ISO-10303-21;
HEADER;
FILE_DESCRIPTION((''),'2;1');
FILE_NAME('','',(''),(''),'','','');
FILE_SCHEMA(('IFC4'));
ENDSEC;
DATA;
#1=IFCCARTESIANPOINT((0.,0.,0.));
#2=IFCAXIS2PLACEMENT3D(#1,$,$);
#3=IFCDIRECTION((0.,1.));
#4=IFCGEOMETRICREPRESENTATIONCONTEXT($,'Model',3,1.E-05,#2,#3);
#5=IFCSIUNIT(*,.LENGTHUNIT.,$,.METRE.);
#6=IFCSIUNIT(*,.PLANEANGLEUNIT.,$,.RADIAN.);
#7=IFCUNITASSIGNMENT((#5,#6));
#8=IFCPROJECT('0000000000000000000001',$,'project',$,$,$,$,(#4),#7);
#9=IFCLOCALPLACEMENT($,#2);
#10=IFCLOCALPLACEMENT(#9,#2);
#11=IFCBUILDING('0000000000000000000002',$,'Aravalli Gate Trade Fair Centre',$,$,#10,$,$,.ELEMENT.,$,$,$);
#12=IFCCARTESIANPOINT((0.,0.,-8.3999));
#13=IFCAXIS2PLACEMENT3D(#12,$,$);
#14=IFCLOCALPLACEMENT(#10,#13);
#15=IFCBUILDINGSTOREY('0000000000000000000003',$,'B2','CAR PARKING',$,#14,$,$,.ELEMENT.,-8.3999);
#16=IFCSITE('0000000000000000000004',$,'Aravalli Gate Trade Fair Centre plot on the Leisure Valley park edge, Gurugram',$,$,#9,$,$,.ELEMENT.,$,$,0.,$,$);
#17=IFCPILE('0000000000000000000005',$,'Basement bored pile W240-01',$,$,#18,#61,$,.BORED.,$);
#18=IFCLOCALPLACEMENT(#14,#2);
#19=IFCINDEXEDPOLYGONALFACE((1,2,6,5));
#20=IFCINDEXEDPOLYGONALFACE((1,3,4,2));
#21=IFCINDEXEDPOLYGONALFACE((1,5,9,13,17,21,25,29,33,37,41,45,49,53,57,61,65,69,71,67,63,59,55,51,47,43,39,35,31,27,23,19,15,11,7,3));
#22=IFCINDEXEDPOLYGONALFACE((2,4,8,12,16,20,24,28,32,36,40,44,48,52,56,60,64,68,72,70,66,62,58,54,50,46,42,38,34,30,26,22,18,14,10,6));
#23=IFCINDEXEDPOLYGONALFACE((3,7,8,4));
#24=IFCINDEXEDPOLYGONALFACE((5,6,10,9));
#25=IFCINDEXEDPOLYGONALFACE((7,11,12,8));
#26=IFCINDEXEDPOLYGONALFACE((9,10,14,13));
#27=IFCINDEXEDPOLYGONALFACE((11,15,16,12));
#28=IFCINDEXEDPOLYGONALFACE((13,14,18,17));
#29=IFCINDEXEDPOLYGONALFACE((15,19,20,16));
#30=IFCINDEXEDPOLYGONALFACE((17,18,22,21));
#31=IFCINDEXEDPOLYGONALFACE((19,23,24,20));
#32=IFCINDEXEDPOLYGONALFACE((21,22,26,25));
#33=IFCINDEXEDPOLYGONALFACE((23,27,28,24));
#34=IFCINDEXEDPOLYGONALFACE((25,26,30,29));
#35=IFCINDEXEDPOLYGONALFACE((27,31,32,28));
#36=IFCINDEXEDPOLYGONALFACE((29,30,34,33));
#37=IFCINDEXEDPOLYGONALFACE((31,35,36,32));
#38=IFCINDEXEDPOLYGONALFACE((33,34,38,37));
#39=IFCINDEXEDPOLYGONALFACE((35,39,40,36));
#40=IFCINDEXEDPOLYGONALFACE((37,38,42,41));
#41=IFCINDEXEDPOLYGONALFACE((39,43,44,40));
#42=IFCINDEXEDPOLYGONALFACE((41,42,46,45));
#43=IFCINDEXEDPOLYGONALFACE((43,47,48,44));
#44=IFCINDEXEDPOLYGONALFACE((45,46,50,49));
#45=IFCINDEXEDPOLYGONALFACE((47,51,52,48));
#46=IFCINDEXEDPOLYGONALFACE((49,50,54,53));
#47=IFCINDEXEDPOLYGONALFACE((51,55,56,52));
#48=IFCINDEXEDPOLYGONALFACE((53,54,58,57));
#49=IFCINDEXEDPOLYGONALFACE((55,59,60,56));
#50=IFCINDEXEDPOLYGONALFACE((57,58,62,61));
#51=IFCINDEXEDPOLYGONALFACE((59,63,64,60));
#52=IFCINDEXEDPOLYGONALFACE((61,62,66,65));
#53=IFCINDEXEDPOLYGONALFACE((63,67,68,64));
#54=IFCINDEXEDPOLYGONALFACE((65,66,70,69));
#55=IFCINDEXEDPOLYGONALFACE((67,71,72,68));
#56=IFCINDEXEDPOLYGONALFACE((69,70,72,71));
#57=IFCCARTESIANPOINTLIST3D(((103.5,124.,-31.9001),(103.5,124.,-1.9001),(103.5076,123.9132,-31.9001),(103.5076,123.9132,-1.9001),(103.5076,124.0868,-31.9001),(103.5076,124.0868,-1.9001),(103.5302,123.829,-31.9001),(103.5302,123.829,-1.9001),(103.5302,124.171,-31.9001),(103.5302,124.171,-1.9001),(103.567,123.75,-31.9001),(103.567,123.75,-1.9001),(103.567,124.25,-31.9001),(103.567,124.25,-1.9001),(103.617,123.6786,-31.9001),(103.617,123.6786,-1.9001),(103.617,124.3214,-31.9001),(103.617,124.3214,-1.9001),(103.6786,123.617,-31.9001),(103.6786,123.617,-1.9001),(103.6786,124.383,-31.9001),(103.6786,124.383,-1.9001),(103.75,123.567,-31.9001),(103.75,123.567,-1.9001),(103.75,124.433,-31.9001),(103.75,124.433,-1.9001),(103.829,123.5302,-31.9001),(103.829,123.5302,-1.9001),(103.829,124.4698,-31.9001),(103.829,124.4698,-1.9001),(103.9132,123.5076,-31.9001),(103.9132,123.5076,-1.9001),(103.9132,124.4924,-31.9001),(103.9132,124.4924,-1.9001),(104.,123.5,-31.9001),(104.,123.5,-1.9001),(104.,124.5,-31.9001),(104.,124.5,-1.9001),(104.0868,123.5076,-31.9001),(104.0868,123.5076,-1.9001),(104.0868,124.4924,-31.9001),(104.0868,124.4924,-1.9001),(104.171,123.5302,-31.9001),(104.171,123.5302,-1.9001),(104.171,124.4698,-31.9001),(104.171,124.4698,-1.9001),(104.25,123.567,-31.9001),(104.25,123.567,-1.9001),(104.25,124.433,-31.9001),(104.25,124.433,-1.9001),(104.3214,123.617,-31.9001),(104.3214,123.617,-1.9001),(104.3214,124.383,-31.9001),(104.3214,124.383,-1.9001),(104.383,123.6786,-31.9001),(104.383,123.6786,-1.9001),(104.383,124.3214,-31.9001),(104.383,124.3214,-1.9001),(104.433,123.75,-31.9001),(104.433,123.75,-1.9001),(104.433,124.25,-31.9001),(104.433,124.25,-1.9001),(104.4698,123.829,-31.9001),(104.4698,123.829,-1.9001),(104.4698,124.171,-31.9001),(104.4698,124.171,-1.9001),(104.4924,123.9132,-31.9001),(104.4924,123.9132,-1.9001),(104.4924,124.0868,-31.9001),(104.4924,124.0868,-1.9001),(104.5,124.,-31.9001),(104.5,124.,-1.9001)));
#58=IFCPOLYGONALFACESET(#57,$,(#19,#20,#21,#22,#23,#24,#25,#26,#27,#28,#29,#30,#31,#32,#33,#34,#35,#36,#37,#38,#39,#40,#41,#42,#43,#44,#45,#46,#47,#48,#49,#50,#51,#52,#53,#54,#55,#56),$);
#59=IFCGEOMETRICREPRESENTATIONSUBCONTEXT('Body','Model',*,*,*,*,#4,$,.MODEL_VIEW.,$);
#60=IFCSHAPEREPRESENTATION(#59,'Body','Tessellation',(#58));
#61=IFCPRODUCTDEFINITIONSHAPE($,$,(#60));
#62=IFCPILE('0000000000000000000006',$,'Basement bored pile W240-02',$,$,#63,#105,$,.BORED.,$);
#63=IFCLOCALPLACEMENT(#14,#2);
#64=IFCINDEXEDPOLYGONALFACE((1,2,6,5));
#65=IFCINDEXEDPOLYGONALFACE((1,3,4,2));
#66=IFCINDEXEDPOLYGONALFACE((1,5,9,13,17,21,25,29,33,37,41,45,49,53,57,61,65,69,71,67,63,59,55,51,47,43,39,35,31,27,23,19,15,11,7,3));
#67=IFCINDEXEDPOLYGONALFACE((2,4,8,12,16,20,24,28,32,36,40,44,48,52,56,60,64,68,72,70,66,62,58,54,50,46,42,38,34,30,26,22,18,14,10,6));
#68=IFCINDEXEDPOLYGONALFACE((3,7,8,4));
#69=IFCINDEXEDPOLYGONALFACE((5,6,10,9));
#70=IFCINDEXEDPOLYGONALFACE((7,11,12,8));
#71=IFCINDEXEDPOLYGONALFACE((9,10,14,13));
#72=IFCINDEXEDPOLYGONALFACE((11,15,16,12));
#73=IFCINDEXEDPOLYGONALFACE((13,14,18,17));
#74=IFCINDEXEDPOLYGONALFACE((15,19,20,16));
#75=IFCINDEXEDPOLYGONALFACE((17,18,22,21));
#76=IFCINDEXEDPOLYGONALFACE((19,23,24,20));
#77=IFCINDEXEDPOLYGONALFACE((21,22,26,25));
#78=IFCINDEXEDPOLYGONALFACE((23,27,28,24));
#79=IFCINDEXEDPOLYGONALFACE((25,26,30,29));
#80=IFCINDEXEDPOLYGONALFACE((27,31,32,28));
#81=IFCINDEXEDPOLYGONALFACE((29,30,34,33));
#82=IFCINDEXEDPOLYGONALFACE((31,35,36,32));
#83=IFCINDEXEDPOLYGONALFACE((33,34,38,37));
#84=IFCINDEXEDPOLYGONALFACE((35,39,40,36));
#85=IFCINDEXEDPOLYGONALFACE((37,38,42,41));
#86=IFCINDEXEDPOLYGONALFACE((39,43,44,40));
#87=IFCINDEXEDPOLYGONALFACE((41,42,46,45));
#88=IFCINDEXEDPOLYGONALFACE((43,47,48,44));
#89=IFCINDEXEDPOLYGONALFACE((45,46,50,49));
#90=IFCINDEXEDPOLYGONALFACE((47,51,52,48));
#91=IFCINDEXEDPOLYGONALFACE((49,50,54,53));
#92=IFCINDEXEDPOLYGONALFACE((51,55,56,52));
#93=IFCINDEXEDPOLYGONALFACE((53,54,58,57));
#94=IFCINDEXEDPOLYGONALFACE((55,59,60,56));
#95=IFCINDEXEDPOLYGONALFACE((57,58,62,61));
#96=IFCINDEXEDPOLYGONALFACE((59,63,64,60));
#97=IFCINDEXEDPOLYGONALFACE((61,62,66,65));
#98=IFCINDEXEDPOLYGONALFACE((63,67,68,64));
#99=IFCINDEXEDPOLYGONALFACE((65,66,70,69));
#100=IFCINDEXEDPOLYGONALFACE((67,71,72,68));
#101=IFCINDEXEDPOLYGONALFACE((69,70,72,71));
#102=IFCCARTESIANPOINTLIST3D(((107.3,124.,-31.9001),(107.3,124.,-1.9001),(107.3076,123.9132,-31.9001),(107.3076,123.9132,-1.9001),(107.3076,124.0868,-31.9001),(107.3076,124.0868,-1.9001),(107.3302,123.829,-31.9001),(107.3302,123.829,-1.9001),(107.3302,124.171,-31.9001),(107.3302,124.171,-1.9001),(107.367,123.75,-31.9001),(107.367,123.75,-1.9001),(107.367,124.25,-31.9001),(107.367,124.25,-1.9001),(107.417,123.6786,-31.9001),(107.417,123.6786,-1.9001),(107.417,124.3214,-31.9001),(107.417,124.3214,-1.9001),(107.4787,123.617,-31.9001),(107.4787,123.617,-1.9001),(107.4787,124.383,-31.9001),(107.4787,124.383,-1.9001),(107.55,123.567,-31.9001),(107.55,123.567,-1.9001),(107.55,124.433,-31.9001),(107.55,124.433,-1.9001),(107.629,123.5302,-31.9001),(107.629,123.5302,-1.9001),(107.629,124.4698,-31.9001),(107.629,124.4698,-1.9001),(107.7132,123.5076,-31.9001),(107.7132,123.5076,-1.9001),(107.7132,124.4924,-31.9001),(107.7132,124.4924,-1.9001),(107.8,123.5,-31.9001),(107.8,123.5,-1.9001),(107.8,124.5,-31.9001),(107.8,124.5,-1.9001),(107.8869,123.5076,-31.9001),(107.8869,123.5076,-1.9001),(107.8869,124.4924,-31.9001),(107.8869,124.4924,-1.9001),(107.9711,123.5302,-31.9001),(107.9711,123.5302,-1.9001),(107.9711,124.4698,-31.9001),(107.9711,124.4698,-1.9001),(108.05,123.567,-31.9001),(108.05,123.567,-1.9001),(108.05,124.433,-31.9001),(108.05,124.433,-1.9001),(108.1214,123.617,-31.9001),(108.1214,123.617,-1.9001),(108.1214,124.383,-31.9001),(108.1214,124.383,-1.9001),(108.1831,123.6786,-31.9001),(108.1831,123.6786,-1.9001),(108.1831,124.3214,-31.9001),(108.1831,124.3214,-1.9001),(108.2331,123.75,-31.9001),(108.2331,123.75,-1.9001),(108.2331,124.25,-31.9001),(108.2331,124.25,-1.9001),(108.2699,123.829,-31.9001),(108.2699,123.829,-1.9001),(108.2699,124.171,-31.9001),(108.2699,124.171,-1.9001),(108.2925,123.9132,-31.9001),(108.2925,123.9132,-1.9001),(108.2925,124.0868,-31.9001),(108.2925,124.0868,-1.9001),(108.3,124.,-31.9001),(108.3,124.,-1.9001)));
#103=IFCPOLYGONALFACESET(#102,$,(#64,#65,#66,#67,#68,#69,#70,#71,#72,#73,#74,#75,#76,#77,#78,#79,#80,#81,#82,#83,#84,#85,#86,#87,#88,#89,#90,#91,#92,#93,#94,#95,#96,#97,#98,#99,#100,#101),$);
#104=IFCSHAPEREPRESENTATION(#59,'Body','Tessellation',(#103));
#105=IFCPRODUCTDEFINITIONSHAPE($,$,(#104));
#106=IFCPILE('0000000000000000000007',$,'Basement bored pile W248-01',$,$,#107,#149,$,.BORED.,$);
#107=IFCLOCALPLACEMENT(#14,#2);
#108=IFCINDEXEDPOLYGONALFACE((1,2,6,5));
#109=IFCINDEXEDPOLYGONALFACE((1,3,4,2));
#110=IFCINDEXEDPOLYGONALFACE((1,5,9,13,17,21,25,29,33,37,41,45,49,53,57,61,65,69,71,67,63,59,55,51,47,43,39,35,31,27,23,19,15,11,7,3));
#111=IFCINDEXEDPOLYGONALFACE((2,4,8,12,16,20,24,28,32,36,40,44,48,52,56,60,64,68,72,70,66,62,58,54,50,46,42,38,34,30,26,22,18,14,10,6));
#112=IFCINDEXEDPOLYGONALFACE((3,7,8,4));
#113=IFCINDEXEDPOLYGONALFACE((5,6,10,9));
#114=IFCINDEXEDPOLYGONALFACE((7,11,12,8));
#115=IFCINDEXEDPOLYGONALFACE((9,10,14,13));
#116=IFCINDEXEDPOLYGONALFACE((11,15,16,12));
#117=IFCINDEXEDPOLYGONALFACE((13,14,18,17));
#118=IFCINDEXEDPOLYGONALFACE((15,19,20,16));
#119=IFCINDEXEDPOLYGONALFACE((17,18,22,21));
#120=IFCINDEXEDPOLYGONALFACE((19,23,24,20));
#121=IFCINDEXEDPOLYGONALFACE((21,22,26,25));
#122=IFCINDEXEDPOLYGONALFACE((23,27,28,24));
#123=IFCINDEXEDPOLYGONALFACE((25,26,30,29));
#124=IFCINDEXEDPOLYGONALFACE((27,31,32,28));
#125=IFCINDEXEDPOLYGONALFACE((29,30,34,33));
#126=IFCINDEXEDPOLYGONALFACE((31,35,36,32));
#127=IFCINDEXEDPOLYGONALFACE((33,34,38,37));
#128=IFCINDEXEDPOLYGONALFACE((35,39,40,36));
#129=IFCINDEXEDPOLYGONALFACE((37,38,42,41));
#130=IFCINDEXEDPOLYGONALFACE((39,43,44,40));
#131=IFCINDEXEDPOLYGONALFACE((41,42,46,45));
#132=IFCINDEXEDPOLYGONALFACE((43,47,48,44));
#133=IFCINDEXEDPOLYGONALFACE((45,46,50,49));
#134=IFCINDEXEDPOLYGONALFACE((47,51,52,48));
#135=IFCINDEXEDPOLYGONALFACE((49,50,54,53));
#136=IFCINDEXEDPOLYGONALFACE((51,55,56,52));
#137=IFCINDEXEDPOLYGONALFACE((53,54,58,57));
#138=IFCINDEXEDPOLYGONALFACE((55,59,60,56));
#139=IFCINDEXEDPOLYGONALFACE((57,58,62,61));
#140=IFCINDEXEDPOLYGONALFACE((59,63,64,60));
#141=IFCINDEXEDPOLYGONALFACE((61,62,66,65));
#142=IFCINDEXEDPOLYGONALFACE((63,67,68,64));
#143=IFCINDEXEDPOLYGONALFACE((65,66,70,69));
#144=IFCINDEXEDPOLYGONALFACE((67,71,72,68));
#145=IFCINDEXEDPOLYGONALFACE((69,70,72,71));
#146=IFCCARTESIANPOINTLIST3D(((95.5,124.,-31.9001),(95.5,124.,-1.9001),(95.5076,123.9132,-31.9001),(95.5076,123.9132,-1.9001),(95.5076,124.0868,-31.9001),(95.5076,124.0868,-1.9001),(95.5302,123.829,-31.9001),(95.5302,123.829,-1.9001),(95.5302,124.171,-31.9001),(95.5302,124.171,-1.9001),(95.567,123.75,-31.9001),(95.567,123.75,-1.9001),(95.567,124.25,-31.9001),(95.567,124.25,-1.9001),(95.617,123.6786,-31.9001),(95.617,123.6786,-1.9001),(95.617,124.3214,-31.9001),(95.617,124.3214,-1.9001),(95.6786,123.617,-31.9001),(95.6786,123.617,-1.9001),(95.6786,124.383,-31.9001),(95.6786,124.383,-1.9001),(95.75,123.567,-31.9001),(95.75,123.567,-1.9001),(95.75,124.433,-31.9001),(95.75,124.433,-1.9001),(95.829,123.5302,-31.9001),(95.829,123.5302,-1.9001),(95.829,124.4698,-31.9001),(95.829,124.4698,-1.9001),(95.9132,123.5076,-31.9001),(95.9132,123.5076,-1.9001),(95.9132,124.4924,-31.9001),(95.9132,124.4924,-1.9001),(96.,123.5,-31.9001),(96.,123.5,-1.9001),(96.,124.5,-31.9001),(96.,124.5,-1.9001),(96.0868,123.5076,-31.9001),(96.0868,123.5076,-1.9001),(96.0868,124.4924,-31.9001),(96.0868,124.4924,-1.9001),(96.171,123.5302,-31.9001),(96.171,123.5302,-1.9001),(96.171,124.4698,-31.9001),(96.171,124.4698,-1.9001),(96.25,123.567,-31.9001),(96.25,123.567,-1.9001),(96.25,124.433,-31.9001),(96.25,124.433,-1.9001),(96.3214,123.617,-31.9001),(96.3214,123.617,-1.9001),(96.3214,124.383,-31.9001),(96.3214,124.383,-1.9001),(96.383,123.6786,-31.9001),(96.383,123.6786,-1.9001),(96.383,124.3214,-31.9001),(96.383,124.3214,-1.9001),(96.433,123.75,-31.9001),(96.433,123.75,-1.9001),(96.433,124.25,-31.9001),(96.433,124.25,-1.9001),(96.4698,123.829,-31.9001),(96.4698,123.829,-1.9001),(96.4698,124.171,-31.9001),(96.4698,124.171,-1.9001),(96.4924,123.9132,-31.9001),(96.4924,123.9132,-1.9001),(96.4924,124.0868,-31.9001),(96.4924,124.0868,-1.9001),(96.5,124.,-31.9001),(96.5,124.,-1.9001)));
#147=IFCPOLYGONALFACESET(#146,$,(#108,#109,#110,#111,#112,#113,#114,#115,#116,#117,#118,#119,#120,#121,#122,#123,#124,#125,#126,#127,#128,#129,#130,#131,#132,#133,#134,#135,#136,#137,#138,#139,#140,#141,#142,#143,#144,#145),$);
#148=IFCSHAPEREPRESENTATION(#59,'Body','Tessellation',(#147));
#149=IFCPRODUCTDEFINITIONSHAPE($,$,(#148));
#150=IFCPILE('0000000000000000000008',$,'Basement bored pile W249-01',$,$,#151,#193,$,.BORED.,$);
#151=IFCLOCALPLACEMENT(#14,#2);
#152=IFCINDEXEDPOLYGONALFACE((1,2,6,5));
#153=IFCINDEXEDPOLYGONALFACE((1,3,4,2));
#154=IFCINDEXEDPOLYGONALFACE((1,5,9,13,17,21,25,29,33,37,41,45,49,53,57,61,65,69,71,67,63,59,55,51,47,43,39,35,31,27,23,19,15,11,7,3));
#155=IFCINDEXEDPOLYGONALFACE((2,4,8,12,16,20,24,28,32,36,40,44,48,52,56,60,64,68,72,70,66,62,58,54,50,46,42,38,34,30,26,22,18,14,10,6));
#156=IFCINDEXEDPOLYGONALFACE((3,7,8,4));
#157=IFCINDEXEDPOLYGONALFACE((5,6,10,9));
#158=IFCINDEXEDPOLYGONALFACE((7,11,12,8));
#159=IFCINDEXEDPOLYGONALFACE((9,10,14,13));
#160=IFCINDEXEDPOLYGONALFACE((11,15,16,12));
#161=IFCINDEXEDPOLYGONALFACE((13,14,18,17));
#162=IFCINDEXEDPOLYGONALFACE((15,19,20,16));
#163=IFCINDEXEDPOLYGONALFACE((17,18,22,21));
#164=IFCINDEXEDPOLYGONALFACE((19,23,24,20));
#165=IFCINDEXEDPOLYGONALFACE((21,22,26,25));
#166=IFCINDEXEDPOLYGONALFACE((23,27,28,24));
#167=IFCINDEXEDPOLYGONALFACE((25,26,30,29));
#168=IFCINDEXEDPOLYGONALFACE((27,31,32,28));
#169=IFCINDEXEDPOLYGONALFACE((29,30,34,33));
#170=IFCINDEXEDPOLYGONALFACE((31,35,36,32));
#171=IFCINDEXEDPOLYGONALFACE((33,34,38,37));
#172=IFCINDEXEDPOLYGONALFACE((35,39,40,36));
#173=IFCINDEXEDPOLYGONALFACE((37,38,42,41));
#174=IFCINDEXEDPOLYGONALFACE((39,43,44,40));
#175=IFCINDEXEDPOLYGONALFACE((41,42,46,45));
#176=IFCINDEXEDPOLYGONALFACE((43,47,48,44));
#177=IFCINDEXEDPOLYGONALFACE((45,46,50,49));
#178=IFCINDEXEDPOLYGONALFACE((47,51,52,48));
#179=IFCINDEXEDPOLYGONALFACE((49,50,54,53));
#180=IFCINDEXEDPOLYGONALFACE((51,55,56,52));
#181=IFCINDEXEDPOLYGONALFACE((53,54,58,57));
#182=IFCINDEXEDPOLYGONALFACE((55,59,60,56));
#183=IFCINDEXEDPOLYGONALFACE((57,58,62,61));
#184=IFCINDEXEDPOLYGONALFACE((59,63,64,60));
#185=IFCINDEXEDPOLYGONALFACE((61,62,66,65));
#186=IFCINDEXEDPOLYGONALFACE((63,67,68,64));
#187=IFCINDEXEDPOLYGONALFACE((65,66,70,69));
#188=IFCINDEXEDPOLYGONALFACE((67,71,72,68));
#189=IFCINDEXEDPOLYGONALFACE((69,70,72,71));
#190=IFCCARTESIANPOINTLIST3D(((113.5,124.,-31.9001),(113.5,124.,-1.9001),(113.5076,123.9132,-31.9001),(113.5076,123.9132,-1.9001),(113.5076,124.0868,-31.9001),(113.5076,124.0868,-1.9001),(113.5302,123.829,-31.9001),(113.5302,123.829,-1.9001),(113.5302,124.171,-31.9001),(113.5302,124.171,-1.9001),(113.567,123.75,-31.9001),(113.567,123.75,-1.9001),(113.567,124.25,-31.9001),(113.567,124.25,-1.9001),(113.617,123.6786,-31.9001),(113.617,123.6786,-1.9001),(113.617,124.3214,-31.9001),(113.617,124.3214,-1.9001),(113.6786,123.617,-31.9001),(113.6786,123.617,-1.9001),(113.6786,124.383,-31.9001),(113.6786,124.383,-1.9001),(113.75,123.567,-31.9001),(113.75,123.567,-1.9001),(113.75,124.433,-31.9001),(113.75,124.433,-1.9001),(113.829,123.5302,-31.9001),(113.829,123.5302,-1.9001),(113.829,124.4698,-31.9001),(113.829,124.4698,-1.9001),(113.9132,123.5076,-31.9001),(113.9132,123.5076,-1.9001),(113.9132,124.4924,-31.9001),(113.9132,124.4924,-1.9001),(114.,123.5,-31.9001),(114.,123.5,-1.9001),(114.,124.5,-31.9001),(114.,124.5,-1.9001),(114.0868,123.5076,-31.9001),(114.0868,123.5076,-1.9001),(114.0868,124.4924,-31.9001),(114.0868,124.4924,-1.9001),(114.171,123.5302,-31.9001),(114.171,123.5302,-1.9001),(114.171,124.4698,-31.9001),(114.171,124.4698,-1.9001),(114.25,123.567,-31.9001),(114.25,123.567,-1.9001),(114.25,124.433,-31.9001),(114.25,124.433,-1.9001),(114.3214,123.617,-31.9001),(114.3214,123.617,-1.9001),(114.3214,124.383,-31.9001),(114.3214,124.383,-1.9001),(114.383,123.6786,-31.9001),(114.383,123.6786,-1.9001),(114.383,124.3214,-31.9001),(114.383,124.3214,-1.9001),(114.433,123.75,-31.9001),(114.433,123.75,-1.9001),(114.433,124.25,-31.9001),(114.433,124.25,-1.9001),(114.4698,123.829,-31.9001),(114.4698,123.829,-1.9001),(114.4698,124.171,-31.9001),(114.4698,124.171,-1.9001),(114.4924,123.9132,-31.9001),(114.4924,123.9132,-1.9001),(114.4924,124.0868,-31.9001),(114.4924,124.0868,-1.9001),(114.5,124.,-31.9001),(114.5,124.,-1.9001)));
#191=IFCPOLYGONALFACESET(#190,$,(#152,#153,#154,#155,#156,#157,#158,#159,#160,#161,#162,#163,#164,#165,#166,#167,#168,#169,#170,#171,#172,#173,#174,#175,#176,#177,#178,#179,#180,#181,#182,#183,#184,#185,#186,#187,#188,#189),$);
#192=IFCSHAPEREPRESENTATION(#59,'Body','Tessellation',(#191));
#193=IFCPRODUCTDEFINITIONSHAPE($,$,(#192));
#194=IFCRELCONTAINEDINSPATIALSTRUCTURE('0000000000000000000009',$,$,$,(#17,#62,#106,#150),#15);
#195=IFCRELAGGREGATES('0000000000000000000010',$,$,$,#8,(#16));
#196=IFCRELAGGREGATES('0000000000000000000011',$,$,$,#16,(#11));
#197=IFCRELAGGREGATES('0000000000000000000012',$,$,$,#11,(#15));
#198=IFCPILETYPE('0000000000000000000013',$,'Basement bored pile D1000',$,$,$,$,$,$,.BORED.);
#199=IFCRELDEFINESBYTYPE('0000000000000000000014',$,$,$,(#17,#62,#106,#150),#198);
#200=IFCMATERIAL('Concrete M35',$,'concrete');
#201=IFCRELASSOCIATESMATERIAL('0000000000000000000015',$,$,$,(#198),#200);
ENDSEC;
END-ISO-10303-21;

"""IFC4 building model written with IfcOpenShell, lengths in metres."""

from ifc_helpers import new_model, si_unit, direction, frame, origin, origin_2d, place, context, subcontext, project, spatial, circle, extrude, material, material_profile, profile_set, type_object, element, save


model = new_model("IFC4")

# Units and contexts
model_context = context("Model", 3, precision=1e-05, world=origin(), true_north=direction((0.0, 1.0)))
body_context = subcontext(model_context, "Body", "Model", "MODEL_VIEW")
ifc_project = project(units=[si_unit("LENGTHUNIT", "METRE"), si_unit("PLANEANGLEUNIT", "RADIAN")], contexts=[model_context])

# Site, building, storey
site_placement = place(None, origin())
site = spatial("IfcSite", under=ifc_project, at=site_placement, Name="Aravalli Gate Trade Fair Centre plot on the Leisure Valley park edge, Gurugram", CompositionType="ELEMENT", RefElevation=0.0)
building_placement = place(site_placement, origin())
building = spatial("IfcBuilding", under=site, at=building_placement, Name="Aravalli Gate Trade Fair Centre", CompositionType="ELEMENT")
storey_placement = place(building_placement, frame((0.0, 0.0, -8.3999)))
storey = spatial("IfcBuildingStorey", under=building, at=storey_placement, Name="B2", Description="CAR PARKING", CompositionType="ELEMENT", Elevation=-8.3999)

# Piles
ifc_material_1 = material(Name="Concrete M35", Category="concrete")
ifc_material_profile_1 = material_profile(ifc_material_1, circle(Radius=0.5, at=origin_2d()), Name="D1000")
ifc_profile_set_1 = profile_set([ifc_material_profile_1], Name="Concrete M35")
pile_type = type_object("IfcPileType", Name="Basement bored pile D1000", PredefinedType="BORED", material=ifc_profile_set_1)
for number, where, z_axis, x_axis, name in (
    (1, (104.0, 124.0, -1.9001), (0.0, 0.0, -1.0), (1.0, 0.0, 0.0), "Basement bored pile W240-01"),
    (2, (107.8, 124.0, -1.9001), (0.0, 0.0, -1.0), (1.0, 0.0, 0.0), "Basement bored pile W240-02"),
    (3, (96.0, 124.0, -1.9001), (0.0, 0.0, -1.0), (1.0, 0.0, 0.0), "Basement bored pile W248-01"),
    (4, (114.0, 124.0, -1.9001), (0.0, 0.0, -1.0), (1.0, 0.0, 0.0), "Basement bored pile W249-01"),
):
    element("IfcPile", number, at=place(storey_placement, frame(where, z_axis=z_axis, x_axis=x_axis)), inside=storey, type_object=pile_type, Name=name, PredefinedType="BORED", context=body_context, shape_type="SweptSolid", body=[
        extrude(circle(Radius=0.5, at=origin_2d()), origin(), (0.0, 0.0, 1.0), 30.0),
    ])

save(model, "model.ifc")
